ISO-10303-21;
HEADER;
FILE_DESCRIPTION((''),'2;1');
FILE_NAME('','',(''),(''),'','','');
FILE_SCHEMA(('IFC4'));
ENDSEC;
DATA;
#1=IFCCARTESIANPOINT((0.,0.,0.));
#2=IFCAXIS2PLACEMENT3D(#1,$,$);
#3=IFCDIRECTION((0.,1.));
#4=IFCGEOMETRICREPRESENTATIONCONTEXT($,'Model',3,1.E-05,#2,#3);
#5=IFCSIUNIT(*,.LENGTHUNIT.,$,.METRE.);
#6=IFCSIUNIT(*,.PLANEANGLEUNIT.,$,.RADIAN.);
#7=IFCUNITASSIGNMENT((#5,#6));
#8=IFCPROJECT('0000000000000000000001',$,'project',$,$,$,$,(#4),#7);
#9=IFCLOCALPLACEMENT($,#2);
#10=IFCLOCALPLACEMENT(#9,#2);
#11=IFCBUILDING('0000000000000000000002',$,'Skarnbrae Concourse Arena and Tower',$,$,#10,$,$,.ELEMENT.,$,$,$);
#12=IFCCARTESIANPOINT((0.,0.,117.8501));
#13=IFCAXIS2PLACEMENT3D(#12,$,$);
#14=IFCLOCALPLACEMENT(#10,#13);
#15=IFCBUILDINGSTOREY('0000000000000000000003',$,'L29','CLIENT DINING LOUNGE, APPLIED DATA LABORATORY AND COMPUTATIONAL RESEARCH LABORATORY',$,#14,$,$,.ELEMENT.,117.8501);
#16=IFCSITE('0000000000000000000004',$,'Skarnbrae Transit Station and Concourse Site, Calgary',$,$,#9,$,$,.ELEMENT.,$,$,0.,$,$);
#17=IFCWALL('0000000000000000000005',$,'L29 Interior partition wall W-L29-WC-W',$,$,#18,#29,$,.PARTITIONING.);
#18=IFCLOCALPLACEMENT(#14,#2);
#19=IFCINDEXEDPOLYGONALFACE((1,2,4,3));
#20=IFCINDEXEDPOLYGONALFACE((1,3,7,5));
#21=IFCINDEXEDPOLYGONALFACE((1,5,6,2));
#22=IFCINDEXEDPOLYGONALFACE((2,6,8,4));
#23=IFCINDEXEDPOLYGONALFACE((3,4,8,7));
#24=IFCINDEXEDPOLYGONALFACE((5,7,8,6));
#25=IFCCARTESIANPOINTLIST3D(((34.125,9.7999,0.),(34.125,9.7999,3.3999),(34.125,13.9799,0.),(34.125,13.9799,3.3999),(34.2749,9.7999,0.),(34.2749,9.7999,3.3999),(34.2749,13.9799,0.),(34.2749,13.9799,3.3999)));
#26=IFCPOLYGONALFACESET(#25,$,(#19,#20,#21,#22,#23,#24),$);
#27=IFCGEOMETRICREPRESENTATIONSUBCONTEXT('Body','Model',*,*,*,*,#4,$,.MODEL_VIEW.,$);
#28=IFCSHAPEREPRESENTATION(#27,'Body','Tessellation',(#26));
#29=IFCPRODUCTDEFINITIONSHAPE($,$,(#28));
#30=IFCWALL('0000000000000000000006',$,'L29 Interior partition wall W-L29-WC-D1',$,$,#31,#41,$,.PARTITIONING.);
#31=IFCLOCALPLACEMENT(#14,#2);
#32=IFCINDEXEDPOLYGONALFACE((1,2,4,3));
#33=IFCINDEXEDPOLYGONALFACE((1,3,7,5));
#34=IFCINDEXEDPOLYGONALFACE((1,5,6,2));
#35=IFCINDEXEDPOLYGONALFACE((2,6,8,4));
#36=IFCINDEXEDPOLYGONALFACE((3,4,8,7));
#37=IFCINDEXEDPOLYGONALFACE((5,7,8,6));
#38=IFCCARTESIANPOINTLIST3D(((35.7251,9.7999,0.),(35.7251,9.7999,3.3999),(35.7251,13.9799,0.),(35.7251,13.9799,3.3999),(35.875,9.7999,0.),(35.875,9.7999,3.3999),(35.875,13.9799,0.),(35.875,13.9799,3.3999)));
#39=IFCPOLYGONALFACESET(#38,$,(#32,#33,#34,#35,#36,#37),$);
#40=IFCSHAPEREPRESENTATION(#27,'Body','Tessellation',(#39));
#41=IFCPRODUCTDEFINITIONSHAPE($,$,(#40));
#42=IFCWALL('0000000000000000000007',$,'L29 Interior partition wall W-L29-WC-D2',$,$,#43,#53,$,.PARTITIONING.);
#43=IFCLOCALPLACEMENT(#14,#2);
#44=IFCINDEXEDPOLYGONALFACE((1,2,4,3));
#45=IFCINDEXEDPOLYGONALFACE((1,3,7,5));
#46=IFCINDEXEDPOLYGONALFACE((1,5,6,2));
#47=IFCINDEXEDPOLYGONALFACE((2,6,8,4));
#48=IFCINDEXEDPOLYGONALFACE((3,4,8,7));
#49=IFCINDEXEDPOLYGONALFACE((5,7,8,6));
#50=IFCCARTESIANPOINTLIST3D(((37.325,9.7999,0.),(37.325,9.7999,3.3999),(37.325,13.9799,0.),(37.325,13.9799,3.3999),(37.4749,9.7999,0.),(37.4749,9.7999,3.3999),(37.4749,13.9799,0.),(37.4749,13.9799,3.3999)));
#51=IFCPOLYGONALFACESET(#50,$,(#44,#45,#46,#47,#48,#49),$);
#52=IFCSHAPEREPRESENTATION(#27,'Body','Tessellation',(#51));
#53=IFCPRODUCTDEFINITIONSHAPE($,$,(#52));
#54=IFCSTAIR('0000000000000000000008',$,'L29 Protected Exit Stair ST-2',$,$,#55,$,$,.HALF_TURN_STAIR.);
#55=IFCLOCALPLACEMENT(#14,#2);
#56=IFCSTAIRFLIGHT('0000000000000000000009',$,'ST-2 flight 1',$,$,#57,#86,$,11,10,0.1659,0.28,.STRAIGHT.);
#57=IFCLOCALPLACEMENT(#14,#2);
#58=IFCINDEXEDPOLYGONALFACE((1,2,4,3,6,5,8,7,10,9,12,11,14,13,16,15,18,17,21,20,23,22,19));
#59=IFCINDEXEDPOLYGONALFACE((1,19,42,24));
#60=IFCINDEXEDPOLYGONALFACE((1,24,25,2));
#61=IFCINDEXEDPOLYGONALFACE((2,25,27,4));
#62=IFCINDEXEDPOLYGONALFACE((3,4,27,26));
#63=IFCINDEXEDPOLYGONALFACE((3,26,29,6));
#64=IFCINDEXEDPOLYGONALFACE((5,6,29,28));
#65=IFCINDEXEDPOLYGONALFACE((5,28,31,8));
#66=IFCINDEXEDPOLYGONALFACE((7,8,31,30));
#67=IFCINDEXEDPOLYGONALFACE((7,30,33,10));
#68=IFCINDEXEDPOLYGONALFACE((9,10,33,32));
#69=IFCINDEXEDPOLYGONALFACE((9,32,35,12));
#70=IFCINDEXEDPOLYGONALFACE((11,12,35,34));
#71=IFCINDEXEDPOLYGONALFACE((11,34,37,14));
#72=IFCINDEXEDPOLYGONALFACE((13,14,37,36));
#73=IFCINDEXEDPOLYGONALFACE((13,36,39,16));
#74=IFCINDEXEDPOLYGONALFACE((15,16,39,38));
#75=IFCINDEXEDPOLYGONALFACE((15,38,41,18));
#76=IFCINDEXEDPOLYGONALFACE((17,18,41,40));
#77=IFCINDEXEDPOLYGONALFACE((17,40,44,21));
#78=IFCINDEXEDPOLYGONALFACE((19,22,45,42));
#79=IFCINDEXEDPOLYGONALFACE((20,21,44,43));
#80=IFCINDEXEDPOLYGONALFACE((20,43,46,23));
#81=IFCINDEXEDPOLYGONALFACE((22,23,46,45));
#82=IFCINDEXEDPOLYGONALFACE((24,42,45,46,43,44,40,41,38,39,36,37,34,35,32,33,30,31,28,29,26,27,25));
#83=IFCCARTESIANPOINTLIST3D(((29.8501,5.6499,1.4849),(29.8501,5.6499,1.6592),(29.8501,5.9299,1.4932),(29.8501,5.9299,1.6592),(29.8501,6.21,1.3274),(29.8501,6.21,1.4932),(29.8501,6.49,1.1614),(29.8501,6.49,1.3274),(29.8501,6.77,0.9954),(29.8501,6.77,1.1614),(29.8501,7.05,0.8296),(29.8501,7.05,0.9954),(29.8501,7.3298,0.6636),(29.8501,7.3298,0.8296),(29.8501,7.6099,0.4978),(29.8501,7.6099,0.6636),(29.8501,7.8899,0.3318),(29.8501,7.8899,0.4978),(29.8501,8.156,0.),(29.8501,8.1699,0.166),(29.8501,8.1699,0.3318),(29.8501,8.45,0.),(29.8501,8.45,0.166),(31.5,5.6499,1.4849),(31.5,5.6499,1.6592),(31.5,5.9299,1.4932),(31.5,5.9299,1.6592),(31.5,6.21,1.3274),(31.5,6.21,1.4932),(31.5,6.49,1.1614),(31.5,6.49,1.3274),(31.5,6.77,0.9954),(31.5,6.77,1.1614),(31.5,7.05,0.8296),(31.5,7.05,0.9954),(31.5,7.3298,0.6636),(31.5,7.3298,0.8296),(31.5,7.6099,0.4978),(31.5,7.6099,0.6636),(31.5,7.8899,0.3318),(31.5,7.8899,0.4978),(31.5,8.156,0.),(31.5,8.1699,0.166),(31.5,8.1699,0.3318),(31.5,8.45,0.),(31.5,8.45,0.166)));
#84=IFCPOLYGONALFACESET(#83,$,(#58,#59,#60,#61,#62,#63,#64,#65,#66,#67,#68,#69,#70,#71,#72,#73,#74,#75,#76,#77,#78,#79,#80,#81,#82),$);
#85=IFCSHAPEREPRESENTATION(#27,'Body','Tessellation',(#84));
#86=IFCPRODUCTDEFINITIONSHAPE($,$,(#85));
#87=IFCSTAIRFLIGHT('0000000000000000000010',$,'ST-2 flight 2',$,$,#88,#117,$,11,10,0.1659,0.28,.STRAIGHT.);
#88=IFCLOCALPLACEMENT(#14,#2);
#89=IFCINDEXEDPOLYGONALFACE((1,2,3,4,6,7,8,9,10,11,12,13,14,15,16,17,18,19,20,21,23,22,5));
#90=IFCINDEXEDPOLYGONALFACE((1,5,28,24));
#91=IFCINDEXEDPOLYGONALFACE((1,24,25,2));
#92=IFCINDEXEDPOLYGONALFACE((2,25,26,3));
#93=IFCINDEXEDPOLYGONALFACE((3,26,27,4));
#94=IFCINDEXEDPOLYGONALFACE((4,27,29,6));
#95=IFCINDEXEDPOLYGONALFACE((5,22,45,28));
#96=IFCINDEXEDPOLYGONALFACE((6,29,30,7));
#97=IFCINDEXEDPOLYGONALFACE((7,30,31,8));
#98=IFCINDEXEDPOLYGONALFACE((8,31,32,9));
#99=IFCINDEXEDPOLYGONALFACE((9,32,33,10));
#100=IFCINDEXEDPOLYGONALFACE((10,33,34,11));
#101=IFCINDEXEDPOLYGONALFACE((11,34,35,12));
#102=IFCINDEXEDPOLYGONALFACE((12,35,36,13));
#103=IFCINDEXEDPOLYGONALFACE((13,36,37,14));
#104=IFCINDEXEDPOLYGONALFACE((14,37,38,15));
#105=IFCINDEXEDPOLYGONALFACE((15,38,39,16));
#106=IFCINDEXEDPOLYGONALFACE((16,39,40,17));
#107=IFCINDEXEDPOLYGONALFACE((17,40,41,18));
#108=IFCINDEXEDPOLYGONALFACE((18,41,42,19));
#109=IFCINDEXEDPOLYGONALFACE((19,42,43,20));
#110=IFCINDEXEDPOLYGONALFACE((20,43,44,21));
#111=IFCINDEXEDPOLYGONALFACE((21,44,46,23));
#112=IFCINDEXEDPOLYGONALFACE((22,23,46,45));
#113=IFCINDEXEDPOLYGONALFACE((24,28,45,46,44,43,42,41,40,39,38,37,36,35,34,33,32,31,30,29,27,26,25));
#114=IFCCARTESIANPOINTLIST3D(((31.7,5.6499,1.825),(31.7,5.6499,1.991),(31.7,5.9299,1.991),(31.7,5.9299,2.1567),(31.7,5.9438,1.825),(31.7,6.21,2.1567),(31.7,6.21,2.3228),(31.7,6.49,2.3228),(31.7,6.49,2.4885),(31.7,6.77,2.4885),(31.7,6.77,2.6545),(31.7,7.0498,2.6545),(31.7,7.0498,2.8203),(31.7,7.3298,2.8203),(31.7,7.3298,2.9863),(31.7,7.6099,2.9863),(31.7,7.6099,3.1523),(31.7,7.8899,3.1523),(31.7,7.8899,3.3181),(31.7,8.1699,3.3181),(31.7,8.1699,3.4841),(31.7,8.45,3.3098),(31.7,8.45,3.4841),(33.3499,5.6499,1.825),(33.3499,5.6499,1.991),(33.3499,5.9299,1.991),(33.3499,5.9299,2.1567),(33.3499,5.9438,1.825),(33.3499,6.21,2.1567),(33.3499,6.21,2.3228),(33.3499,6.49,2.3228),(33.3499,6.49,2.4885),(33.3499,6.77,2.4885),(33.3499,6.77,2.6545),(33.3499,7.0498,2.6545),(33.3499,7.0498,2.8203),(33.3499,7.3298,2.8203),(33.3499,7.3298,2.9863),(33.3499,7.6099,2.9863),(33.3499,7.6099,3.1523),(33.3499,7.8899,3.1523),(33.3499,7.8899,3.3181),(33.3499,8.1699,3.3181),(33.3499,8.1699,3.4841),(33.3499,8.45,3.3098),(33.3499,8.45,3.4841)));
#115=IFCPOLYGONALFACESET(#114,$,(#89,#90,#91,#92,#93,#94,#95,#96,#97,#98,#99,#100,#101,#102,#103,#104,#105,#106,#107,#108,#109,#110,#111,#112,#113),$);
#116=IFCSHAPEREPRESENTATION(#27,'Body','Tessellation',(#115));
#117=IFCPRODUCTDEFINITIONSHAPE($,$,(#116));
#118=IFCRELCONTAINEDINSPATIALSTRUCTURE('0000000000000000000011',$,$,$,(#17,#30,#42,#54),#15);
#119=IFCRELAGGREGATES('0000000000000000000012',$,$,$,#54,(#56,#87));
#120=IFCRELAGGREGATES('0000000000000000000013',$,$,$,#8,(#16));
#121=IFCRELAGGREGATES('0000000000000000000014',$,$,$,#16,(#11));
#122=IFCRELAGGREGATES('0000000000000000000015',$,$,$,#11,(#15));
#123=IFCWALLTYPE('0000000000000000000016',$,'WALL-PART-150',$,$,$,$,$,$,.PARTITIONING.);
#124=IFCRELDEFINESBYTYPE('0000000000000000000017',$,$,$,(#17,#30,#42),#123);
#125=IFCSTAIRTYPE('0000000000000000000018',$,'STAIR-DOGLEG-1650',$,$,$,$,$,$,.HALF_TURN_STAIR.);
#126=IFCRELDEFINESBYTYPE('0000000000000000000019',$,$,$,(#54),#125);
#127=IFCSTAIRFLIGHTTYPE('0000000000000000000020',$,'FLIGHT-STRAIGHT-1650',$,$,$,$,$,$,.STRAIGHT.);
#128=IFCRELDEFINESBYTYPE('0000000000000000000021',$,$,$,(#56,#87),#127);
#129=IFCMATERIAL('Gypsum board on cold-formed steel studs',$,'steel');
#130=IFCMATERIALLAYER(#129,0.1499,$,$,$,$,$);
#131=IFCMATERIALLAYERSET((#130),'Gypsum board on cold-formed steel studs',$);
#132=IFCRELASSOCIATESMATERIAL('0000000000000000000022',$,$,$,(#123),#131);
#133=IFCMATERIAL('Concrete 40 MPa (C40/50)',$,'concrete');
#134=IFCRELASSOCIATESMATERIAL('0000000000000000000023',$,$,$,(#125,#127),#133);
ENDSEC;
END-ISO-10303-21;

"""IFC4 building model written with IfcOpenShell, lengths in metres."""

from ifc_helpers import new_model, si_unit, direction, frame, frame_2d, origin, place, context, subcontext, project, spatial, polyline, rectangle, outline, extrude, source, transform, mapped, material, layer, layer_set, type_object, element, aggregate, save


model = new_model("IFC4")

# Units and contexts
model_context = context("Model", 3, precision=1e-05, world=origin(), true_north=direction((0.0, 1.0)))
body_context = subcontext(model_context, "Body", "Model", "MODEL_VIEW")
ifc_project = project(units=[si_unit("LENGTHUNIT", "METRE"), si_unit("PLANEANGLEUNIT", "RADIAN")], contexts=[model_context])

# Site, building, storey
site_placement = place(None, origin())
site = spatial("IfcSite", under=ifc_project, at=site_placement, Name="Skarnbrae Transit Station and Concourse Site, Calgary", CompositionType="ELEMENT", RefElevation=0.0)
building_placement = place(site_placement, origin())
building = spatial("IfcBuilding", under=site, at=building_placement, Name="Skarnbrae Concourse Arena and Tower", CompositionType="ELEMENT")
storey_placement = place(building_placement, frame((0.0, 0.0, 117.8501)))
storey = spatial("IfcBuildingStorey", under=building, at=storey_placement, Name="L29", Description="CLIENT DINING LOUNGE, APPLIED DATA LABORATORY AND COMPUTATIONAL RESEARCH LABORATORY", CompositionType="ELEMENT", Elevation=117.8501)

# Walls
ifc_material_1 = material(Name="Gypsum board on cold-formed steel studs", Category="steel")
ifc_layer_1 = layer(ifc_material_1, 0.1499)
ifc_layer_set_1 = layer_set([ifc_layer_1], Name="Gypsum board on cold-formed steel studs")
wall_type_1 = type_object("IfcWallType", Name="WALL-PART-150", PredefinedType="PARTITIONING", material=ifc_layer_set_1)
shared_shape_1 = source(origin(), body_context, "Body", "SweptSolid", [
    extrude(rectangle(XDim=4.1799, YDim=0.1499, at=frame_2d((2.0898, 0.0))), origin(), (0.0, 0.0, 1.0), 3.3999),
])
for number, where, z_axis, x_axis, name in (
    (1, (34.2, 9.8, 0.0), (0.0, 0.0, 1.0), (0.0, 1.0, 0.0), "L29 Interior partition wall W-L29-WC-W"),
    (2, (35.8, 9.8, 0.0), (0.0, 0.0, 1.0), (0.0, 1.0, 0.0), "L29 Interior partition wall W-L29-WC-D1"),
    (3, (37.3999, 9.8, 0.0), (0.0, 0.0, 1.0), (0.0, 1.0, 0.0), "L29 Interior partition wall W-L29-WC-D2"),
):
    element("IfcWall", number, at=place(storey_placement, frame(where, z_axis=z_axis, x_axis=x_axis)), inside=storey, type_object=wall_type_1, Name=name, PredefinedType="PARTITIONING", context=body_context, shape_type="MappedRepresentation", body=[
        mapped(shared_shape_1, transform((0.0, 0.0, 0.0))),
    ])

# Stair, stair flights
ifc_material_2 = material(Name="Concrete 40 MPa (C40/50)", Category="concrete")
stair_type = type_object("IfcStairType", Name="STAIR-DOGLEG-1650", PredefinedType="HALF_TURN_STAIR", material=ifc_material_2)
stair_placement = place(storey_placement, origin())
stair = element("IfcStair", 4, at=stair_placement, inside=storey, type_object=stair_type, Name="L29 Protected Exit Stair ST-2", PredefinedType="HALF_TURN_STAIR")
stair_flight_type = type_object("IfcStairFlightType", Name="FLIGHT-STRAIGHT-1650", PredefinedType="STRAIGHT", material=ifc_material_2)
shared_shape_2 = source(origin(), body_context, "Body", "SweptSolid", [
    extrude(outline(polyline([(0.0, 0.0), (0.0, 0.166), (0.28, 0.166), (0.28, 0.3318), (0.5601, 0.3318), (0.5601, 0.4978), (0.8401, 0.4978), (0.8401, 0.6636), (1.1201, 0.6636), (1.1201, 0.8296), (1.3999, 0.8296), (1.3999, 0.9954), (1.6799, 0.9954), (1.6799, 1.1614), (1.96, 1.1614), (1.96, 1.3274), (2.24, 1.3274), (2.24, 1.4932), (2.52, 1.4932), (2.52, 1.6592), (2.8, 1.6592), (2.8, 1.825), (2.8, 1.4849), (0.2939, 0.0), (0.0, 0.0)])), frame((0.0, 0.825, 0.0), z_axis=(0.0, -1.0, 0.0), x_axis=(1.0, 0.0, 0.0)), (0.0, 0.0, 1.0), 1.6499),
])
stair_flight_1_placement = place(storey_placement, frame((30.675, 8.45, 0.0), z_axis=(0.0, 0.0, 1.0), x_axis=(0.0, -1.0, 0.0)))
stair_flight_1 = element("IfcStairFlight", 5, at=stair_flight_1_placement, type_object=stair_flight_type, Name="ST-2 flight 1", NumberOfRisers=11, NumberOfTreads=10, PredefinedType="STRAIGHT", RiserHeight=0.1659, TreadLength=0.28, context=body_context, shape_type="MappedRepresentation", body=[
    mapped(shared_shape_2, transform((0.0, 0.0, 0.0))),
])
stair_flight_2_placement = place(storey_placement, frame((32.5249, 5.6499, 1.825), z_axis=(0.0, 0.0, 1.0), x_axis=(0.0, 1.0, 0.0)))
stair_flight_2 = element("IfcStairFlight", 6, at=stair_flight_2_placement, type_object=stair_flight_type, Name="ST-2 flight 2", NumberOfRisers=11, NumberOfTreads=10, PredefinedType="STRAIGHT", RiserHeight=0.1659, TreadLength=0.28, context=body_context, shape_type="MappedRepresentation", body=[
    mapped(shared_shape_2, transform((0.0, 0.0, 0.0))),
])
aggregate(stair, [stair_flight_1, stair_flight_2])

save(model, "model.ifc")
